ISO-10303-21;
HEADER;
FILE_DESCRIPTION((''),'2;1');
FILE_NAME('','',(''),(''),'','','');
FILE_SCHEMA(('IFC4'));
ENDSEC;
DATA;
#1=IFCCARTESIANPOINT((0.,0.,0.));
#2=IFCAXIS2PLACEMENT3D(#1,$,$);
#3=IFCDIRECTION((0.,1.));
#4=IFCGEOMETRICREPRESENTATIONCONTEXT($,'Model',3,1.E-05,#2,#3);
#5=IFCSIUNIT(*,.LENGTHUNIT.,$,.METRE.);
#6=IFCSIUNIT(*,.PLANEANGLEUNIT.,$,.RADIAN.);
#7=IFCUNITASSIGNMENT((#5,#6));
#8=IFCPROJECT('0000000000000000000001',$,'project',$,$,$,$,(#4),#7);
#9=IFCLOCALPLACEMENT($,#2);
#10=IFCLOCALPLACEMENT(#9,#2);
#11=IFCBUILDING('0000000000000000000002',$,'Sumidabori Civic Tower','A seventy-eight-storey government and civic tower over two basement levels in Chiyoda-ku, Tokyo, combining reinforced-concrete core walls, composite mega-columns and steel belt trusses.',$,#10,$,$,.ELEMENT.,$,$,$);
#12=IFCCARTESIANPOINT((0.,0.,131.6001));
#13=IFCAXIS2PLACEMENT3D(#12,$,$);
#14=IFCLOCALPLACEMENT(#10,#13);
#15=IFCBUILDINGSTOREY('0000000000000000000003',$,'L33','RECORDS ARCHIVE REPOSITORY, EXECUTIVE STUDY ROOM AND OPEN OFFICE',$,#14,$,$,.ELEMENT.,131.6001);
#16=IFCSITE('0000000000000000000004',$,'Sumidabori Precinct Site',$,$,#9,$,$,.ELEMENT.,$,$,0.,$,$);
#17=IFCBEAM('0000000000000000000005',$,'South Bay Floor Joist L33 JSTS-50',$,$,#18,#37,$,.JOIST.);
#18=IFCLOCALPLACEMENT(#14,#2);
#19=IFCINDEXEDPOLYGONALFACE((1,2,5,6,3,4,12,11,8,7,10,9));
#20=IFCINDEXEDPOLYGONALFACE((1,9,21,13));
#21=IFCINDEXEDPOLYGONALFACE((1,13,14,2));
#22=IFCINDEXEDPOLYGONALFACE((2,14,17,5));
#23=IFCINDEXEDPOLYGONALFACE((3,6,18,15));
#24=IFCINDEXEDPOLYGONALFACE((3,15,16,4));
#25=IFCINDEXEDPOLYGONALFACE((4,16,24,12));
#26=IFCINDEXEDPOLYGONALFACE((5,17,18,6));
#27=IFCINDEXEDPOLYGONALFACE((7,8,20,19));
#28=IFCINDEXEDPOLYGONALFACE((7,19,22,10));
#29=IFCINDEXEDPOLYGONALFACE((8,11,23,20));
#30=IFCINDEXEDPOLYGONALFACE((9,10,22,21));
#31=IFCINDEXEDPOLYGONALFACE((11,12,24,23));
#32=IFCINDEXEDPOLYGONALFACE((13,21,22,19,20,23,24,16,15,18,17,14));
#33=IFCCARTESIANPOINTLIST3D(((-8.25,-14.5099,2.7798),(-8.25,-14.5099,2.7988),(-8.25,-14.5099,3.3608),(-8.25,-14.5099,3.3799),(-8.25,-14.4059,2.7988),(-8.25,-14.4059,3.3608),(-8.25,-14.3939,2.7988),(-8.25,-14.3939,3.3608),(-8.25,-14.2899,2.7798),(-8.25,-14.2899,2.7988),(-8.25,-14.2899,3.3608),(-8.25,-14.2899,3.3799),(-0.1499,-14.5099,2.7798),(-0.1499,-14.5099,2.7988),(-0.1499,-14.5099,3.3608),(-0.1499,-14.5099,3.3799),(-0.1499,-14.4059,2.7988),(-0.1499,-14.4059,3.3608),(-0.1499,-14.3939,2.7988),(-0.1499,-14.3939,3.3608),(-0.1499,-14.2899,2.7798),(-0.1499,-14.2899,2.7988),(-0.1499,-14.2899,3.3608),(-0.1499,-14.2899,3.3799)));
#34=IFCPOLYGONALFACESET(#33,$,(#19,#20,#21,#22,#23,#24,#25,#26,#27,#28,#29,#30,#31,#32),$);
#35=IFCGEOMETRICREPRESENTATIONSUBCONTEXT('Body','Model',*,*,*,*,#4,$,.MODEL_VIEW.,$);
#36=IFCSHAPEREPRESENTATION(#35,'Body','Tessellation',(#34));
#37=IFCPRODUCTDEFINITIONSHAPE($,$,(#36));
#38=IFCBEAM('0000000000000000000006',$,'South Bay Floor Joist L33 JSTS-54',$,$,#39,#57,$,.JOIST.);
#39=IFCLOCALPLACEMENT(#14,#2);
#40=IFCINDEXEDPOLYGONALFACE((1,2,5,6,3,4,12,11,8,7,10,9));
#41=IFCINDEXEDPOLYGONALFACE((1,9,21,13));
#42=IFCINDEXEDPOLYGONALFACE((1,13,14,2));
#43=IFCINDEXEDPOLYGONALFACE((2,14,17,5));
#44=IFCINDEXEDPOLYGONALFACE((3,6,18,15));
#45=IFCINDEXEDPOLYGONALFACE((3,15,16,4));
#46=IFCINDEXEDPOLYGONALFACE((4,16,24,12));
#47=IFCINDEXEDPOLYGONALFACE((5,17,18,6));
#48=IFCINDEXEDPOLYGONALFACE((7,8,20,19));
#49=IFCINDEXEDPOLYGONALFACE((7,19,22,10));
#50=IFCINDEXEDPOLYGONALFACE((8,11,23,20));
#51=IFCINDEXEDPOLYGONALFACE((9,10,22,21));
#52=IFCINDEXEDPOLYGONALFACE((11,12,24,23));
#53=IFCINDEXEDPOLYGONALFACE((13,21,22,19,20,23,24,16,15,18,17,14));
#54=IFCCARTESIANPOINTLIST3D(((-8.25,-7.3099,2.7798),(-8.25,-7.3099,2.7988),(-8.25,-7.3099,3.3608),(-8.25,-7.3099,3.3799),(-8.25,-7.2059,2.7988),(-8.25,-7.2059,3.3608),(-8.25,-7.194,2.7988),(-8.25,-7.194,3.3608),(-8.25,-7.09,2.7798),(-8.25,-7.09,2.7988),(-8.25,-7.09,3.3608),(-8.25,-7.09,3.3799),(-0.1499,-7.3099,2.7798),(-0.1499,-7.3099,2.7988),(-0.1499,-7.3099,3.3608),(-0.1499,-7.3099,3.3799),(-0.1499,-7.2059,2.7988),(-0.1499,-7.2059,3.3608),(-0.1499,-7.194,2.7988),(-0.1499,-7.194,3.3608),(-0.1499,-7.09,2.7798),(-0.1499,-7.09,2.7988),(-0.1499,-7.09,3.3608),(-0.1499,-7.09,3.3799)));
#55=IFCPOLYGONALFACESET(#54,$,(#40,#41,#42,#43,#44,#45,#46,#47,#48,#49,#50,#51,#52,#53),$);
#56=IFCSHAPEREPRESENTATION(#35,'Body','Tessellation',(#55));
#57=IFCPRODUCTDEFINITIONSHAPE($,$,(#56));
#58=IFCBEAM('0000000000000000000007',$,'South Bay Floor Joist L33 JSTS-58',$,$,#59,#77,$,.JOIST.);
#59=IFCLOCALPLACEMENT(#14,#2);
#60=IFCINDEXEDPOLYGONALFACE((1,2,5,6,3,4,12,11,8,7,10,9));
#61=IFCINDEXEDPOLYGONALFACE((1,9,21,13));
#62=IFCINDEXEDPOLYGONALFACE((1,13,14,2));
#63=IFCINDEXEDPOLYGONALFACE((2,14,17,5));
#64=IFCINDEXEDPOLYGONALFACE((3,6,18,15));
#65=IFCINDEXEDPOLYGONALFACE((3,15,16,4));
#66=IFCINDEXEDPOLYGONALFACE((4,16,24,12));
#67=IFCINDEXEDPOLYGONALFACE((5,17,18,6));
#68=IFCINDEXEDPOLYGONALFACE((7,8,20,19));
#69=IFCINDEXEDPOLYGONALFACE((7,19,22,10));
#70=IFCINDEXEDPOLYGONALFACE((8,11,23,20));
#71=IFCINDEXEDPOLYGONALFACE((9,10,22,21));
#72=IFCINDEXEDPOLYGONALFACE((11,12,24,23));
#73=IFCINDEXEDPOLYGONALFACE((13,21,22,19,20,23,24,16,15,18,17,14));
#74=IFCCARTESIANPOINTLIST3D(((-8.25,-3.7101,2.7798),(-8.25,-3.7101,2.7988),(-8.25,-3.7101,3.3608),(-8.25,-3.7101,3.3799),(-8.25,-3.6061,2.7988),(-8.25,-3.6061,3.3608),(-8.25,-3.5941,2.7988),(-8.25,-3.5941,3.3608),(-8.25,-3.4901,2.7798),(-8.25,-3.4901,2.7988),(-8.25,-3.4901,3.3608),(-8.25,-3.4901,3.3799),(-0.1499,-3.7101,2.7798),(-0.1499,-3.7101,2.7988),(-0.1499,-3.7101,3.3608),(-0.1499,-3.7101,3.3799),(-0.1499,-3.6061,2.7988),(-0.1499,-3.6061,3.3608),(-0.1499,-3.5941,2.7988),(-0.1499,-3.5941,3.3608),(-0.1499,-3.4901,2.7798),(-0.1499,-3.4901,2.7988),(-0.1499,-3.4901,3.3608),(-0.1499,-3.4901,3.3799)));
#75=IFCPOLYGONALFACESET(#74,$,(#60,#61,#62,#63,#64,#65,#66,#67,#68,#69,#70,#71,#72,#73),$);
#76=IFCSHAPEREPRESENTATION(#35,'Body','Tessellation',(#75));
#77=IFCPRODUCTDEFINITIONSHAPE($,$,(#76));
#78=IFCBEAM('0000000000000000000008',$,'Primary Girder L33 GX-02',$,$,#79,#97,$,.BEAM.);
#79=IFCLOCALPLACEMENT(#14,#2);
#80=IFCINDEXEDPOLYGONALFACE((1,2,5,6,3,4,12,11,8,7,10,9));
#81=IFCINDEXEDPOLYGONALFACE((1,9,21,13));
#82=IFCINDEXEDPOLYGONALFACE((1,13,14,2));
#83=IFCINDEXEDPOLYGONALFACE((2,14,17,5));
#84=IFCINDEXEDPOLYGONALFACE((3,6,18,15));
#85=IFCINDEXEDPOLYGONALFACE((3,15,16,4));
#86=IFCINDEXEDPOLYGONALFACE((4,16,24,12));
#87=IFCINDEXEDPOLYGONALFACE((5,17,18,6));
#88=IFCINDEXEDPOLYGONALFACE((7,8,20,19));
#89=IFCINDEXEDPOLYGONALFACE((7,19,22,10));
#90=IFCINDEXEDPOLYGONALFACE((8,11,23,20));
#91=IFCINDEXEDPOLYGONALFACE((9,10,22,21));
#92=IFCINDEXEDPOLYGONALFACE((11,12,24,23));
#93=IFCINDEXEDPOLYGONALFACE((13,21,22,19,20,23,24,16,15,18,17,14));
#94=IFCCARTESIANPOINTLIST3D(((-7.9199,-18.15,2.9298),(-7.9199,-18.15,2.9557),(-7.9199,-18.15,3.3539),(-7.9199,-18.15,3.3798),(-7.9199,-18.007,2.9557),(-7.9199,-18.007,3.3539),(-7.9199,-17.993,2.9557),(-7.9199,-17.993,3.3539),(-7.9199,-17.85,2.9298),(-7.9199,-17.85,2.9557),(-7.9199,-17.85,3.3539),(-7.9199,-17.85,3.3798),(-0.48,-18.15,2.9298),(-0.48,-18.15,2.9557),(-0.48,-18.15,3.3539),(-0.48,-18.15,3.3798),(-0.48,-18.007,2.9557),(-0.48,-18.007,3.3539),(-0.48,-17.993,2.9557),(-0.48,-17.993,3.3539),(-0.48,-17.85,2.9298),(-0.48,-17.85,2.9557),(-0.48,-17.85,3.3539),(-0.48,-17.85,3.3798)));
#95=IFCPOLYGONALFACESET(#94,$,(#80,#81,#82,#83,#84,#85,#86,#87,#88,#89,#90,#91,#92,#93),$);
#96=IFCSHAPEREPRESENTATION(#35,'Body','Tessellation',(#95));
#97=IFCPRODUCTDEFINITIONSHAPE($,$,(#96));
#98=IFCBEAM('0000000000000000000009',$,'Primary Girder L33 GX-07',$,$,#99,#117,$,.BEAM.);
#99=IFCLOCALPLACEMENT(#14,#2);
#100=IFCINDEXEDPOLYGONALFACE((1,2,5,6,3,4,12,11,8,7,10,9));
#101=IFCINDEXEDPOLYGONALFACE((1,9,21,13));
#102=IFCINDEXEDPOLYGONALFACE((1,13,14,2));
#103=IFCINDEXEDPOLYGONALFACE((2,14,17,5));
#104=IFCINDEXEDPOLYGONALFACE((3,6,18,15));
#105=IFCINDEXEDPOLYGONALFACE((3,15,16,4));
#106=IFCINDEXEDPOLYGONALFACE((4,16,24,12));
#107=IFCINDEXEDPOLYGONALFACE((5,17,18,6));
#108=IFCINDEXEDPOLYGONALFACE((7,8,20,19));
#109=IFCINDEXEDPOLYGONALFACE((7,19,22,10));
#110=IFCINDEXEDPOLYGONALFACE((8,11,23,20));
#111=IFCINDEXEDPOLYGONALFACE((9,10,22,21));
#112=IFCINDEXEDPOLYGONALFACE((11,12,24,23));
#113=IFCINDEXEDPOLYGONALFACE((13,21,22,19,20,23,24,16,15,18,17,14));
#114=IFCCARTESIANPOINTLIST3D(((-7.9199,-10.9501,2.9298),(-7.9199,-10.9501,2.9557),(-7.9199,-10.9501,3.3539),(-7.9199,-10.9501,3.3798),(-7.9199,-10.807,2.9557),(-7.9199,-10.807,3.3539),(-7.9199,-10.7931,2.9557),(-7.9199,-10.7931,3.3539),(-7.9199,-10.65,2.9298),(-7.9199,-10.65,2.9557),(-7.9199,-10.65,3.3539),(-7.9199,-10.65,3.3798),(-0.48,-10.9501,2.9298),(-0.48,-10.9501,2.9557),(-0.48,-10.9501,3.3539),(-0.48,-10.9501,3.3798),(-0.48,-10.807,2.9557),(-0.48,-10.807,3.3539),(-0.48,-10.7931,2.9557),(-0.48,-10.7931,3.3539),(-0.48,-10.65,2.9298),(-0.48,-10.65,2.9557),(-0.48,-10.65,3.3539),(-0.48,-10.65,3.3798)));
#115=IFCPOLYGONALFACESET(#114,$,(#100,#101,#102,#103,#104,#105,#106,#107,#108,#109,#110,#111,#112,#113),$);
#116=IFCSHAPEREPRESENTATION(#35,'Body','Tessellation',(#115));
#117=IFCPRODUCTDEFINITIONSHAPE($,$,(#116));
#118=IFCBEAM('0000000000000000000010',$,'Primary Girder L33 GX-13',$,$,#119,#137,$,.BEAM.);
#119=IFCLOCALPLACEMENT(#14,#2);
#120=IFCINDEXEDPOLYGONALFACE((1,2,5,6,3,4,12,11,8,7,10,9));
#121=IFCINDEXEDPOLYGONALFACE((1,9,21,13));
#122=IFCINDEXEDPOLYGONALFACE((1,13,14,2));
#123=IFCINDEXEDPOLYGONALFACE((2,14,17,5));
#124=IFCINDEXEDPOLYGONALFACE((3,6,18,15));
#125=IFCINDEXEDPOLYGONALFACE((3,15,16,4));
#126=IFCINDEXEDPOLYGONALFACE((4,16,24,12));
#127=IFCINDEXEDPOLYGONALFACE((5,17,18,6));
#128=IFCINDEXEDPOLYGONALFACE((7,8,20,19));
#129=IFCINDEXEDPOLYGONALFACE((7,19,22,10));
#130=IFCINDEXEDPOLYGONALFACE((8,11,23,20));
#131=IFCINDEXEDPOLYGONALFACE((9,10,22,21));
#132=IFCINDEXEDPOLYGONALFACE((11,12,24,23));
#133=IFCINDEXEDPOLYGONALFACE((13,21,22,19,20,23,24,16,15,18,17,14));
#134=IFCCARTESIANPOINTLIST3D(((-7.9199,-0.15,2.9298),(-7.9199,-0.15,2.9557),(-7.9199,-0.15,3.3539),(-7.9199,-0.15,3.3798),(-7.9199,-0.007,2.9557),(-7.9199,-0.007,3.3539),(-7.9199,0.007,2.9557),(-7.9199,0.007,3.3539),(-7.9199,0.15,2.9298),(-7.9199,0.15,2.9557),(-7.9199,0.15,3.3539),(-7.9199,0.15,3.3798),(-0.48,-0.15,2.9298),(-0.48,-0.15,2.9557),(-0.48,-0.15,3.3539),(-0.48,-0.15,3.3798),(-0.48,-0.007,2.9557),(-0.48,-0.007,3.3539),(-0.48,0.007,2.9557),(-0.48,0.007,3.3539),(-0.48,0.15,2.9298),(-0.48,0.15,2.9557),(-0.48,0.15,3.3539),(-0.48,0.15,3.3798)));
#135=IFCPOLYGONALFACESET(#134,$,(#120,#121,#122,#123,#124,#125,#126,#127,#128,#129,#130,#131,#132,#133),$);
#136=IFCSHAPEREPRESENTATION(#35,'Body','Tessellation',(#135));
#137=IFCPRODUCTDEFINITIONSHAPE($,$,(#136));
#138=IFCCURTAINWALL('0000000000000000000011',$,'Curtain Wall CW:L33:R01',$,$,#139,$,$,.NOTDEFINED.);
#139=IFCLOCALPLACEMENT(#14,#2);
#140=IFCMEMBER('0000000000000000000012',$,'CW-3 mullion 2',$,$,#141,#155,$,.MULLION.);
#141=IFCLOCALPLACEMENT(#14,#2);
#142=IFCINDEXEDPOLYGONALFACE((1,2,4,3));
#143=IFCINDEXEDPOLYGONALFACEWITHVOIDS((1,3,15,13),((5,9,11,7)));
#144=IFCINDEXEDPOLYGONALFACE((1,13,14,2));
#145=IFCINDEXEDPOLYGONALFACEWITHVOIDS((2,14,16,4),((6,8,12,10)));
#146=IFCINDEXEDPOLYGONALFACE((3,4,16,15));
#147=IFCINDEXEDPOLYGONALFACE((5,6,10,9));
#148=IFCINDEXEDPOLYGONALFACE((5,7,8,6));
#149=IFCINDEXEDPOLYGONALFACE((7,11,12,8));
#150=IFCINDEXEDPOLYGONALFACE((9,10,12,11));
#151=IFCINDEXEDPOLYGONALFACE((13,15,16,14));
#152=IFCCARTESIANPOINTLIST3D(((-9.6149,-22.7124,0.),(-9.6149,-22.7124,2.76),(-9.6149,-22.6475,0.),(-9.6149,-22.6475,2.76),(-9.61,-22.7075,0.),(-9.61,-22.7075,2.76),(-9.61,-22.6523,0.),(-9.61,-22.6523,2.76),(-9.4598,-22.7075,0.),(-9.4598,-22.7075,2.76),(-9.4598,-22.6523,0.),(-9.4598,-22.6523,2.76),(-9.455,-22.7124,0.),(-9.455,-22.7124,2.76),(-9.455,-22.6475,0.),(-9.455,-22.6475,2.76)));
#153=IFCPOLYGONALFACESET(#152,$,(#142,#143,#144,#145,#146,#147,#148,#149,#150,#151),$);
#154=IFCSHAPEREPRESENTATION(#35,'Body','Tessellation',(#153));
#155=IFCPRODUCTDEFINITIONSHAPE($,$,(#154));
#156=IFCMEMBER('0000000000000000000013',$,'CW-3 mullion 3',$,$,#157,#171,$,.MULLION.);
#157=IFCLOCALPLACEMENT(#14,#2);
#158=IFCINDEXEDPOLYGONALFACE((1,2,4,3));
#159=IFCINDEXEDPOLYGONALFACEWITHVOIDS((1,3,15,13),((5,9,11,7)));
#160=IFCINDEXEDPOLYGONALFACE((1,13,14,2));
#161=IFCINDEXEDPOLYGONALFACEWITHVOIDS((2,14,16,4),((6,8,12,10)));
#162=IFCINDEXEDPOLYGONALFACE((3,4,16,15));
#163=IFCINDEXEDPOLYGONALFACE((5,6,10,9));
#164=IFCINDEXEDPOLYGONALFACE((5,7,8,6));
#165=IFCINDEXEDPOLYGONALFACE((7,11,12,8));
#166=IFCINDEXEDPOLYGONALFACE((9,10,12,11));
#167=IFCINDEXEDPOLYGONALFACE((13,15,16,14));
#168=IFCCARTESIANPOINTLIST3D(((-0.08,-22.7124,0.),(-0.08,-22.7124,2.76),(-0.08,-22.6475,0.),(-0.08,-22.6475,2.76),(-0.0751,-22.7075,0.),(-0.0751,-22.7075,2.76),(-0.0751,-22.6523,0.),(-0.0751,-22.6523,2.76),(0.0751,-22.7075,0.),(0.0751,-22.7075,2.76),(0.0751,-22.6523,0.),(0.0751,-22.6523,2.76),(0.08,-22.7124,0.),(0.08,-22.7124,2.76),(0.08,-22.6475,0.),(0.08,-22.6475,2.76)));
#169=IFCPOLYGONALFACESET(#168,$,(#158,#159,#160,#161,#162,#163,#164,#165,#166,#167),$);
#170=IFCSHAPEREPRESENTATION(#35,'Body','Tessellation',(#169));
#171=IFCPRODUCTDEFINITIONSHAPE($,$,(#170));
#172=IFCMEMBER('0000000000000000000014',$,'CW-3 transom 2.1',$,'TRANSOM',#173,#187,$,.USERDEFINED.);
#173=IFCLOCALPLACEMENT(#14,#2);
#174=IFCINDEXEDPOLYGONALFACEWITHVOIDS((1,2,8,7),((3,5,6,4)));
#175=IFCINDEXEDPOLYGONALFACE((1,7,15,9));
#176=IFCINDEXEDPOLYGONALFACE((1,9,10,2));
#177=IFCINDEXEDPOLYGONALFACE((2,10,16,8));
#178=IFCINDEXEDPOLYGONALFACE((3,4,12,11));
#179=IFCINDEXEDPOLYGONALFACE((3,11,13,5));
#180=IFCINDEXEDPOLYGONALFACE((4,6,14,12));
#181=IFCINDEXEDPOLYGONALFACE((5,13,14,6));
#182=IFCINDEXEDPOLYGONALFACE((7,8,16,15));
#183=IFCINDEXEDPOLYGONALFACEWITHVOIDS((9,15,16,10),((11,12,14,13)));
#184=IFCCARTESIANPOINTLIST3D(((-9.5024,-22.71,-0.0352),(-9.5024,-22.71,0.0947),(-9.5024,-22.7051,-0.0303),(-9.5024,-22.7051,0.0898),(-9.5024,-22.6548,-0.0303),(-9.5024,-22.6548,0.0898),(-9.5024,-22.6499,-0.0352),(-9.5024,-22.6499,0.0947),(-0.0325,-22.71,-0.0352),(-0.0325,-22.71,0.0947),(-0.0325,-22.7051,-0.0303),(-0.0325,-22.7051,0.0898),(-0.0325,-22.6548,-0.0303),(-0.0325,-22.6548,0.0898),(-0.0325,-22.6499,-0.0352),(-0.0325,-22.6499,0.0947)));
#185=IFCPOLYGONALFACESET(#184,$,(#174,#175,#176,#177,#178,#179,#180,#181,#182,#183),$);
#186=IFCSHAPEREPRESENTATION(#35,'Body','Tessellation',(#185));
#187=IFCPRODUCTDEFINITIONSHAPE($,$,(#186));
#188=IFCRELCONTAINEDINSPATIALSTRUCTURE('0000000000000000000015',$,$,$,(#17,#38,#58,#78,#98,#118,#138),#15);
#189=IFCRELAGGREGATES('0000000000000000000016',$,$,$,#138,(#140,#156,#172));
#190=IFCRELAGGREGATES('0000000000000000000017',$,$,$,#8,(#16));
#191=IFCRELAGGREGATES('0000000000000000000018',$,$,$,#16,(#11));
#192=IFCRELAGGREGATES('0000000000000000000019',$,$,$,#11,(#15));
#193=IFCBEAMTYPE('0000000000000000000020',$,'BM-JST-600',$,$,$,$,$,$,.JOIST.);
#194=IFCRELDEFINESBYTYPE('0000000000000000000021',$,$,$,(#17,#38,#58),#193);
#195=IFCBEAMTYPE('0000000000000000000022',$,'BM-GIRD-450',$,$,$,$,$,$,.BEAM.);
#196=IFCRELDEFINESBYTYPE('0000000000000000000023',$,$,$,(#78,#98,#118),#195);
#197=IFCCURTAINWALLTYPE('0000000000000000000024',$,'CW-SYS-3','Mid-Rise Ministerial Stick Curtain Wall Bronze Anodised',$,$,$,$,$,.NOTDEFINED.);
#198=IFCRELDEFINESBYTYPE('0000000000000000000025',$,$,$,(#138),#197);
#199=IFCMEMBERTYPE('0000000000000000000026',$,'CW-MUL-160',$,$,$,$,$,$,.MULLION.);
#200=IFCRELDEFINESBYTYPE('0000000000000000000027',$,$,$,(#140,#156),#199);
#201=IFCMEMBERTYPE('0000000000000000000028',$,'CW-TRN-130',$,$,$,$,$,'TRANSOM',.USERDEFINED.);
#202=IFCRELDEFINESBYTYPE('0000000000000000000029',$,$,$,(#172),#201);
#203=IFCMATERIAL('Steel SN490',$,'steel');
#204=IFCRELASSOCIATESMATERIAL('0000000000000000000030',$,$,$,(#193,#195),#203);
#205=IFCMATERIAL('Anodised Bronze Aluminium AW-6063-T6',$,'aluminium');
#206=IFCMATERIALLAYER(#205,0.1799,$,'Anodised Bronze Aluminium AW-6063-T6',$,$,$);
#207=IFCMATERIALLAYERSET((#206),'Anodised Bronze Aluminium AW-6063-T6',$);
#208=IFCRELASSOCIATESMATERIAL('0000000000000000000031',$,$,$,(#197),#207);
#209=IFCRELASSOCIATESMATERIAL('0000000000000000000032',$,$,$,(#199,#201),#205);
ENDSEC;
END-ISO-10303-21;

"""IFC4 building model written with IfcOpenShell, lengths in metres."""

from ifc_helpers import new_model, si_unit, direction, frame, origin, origin_2d, place, context, subcontext, project, spatial, hollow_rectangle, i_section, extrude, source, transform, mapped, material, layer, layer_set, material_profile, profile_set, type_object, element, aggregate, save


model = new_model("IFC4")

# Units and contexts
model_context = context("Model", 3, precision=1e-05, world=origin(), true_north=direction((0.0, 1.0)))
body_context = subcontext(model_context, "Body", "Model", "MODEL_VIEW")
ifc_project = project(units=[si_unit("LENGTHUNIT", "METRE"), si_unit("PLANEANGLEUNIT", "RADIAN")], contexts=[model_context])

# Site, building, storey
site_placement = place(None, origin())
site = spatial("IfcSite", under=ifc_project, at=site_placement, Name="Sumidabori Precinct Site", CompositionType="ELEMENT", RefElevation=0.0)
building_placement = place(site_placement, origin())
building = spatial("IfcBuilding", under=site, at=building_placement, Name="Sumidabori Civic Tower", Description="A seventy-eight-storey government and civic tower over two basement levels in Chiyoda-ku, Tokyo, combining reinforced-concrete core walls, composite mega-columns and steel belt trusses.", CompositionType="ELEMENT")
storey_placement = place(building_placement, frame((0.0, 0.0, 131.6001)))
storey = spatial("IfcBuildingStorey", under=building, at=storey_placement, Name="L33", Description="RECORDS ARCHIVE REPOSITORY, EXECUTIVE STUDY ROOM AND OPEN OFFICE", CompositionType="ELEMENT", Elevation=131.6001)

# Beams
ifc_material_1 = material(Name="Steel SN490", Category="steel")
ifc_material_profile_1 = material_profile(ifc_material_1, i_section(OverallWidth=0.22, OverallDepth=0.6001, WebThickness=0.012, FlangeThickness=0.019, at=origin_2d()), Name="IPE 600")
ifc_profile_set_1 = profile_set([ifc_material_profile_1], Name="Steel SN490")
beam_type_1 = type_object("IfcBeamType", Name="BM-JST-600", PredefinedType="JOIST", material=ifc_profile_set_1)
shared_shape_1 = source(origin(), body_context, "Body", "SweptSolid", [
    extrude(i_section(OverallWidth=0.22, OverallDepth=0.6001, WebThickness=0.012, FlangeThickness=0.019, at=origin_2d()), origin(), (0.0, 0.0, 1.0), 8.1001),
])
for number, where, z_axis, x_axis, name in (
    (1, (-8.25, -14.3999, 3.0798), (1.0, 0.0, 0.0), (0.0, 1.0, 0.0), "South Bay Floor Joist L33 JSTS-50"),
    (2, (-8.25, -7.2, 3.0798), (1.0, 0.0, 0.0), (0.0, 1.0, 0.0), "South Bay Floor Joist L33 JSTS-54"),
    (3, (-8.25, -3.6001, 3.0798), (1.0, 0.0, 0.0), (0.0, 1.0, 0.0), "South Bay Floor Joist L33 JSTS-58"),
):
    element("IfcBeam", number, at=place(storey_placement, frame(where, z_axis=z_axis, x_axis=x_axis)), inside=storey, type_object=beam_type_1, Name=name, PredefinedType="JOIST", context=body_context, shape_type="MappedRepresentation", body=[
        mapped(shared_shape_1, transform((0.0, 0.0, 0.0), x_axis=(1.0, 0.0, 0.0), y_axis=(0.0, 1.0, 0.0), z_axis=(0.0, 0.0, 1.0), scale=1.0)),
    ])
ifc_material_profile_2 = material_profile(ifc_material_1, i_section(OverallWidth=0.3, OverallDepth=0.45, WebThickness=0.0139, FlangeThickness=0.0259, at=origin_2d()), Name="HE 450 B")
ifc_profile_set_2 = profile_set([ifc_material_profile_2], Name="Steel SN490")
beam_type_2 = type_object("IfcBeamType", Name="BM-GIRD-450", PredefinedType="BEAM", material=ifc_profile_set_2)
shared_shape_2 = source(origin(), body_context, "Body", "SweptSolid", [
    extrude(i_section(OverallWidth=0.3, OverallDepth=0.45, WebThickness=0.0139, FlangeThickness=0.0259, at=origin_2d()), origin(), (0.0, 0.0, 1.0), 7.4399),
])
for number, where, z_axis, x_axis, name in (
    (4, (-7.9199, -18.0, 3.1548), (1.0, 0.0, 0.0), (0.0, 1.0, 0.0), "Primary Girder L33 GX-02"),
    (5, (-7.9199, -10.8, 3.1548), (1.0, 0.0, 0.0), (0.0, 1.0, 0.0), "Primary Girder L33 GX-07"),
    (6, (-7.9199, 0.0, 3.1548), (1.0, 0.0, 0.0), (0.0, 1.0, 0.0), "Primary Girder L33 GX-13"),
):
    element("IfcBeam", number, at=place(storey_placement, frame(where, z_axis=z_axis, x_axis=x_axis)), inside=storey, type_object=beam_type_2, Name=name, PredefinedType="BEAM", context=body_context, shape_type="MappedRepresentation", body=[
        mapped(shared_shape_2, transform((0.0, 0.0, 0.0), x_axis=(1.0, 0.0, 0.0), y_axis=(0.0, 1.0, 0.0), z_axis=(0.0, 0.0, 1.0), scale=1.0)),
    ])

# Curtain wall, members
ifc_material_2 = material(Name="Anodised Bronze Aluminium AW-6063-T6", Category="aluminium")
ifc_layer_1 = layer(ifc_material_2, 0.1799, Name="Anodised Bronze Aluminium AW-6063-T6")
ifc_layer_set_1 = layer_set([ifc_layer_1], Name="Anodised Bronze Aluminium AW-6063-T6")
curtain_wall_type = type_object("IfcCurtainWallType", Name="CW-SYS-3", Description="Mid-Rise Ministerial Stick Curtain Wall Bronze Anodised", PredefinedType="NOTDEFINED", material=ifc_layer_set_1)
curtain_wall_placement = place(storey_placement, origin())
curtain_wall = element("IfcCurtainWall", 7, at=curtain_wall_placement, inside=storey, type_object=curtain_wall_type, Name="Curtain Wall CW:L33:R01", PredefinedType="NOTDEFINED")
ifc_material_profile_3 = material_profile(ifc_material_2, hollow_rectangle(XDim=0.0649, YDim=0.1599, WallThickness=0.0049, at=origin_2d()), Name="ALU MULLION 160x65")
ifc_profile_set_3 = profile_set([ifc_material_profile_3], Name="Anodised Bronze Aluminium AW-6063-T6")
member_type_1 = type_object("IfcMemberType", Name="CW-MUL-160", PredefinedType="MULLION", material=ifc_profile_set_3)
shared_shape_3 = source(origin(), body_context, "Body", "SweptSolid", [
    extrude(hollow_rectangle(XDim=0.0649, YDim=0.1599, WallThickness=0.0049, at=origin_2d()), origin(), (0.0, 0.0, 1.0), 2.76),
])
member_1_placement = place(storey_placement, frame((-9.5349, -22.6799, 0.0), z_axis=(0.0, 0.0, 1.0), x_axis=(0.0, 1.0, 0.0)))
member_1 = element("IfcMember", 8, at=member_1_placement, type_object=member_type_1, Name="CW-3 mullion 2", PredefinedType="MULLION", context=body_context, shape_type="MappedRepresentation", body=[
    mapped(shared_shape_3, transform((0.0, 0.0, 0.0), x_axis=(1.0, 0.0, 0.0), y_axis=(0.0, 1.0, 0.0), z_axis=(0.0, 0.0, 1.0), scale=1.0)),
])
member_2_placement = place(storey_placement, frame((0.0, -22.6799, 0.0), z_axis=(0.0, 0.0, 1.0), x_axis=(0.0, 1.0, 0.0)))
member_2 = element("IfcMember", 9, at=member_2_placement, type_object=member_type_1, Name="CW-3 mullion 3", PredefinedType="MULLION", context=body_context, shape_type="MappedRepresentation", body=[
    mapped(shared_shape_3, transform((0.0, 0.0, 0.0), x_axis=(1.0, 0.0, 0.0), y_axis=(0.0, 1.0, 0.0), z_axis=(0.0, 0.0, 1.0), scale=1.0)),
])
ifc_material_profile_4 = material_profile(ifc_material_2, hollow_rectangle(XDim=0.0601, YDim=0.1299, WallThickness=0.0049, at=origin_2d()), Name="ALU TRANSOM 130x60")
ifc_profile_set_4 = profile_set([ifc_material_profile_4], Name="Anodised Bronze Aluminium AW-6063-T6")
member_type_2 = type_object("IfcMemberType", Name="CW-TRN-130", ElementType="TRANSOM", PredefinedType="USERDEFINED", material=ifc_profile_set_4)
shared_shape_4 = source(origin(), body_context, "Body", "SweptSolid", [
    extrude(hollow_rectangle(XDim=0.0601, YDim=0.1299, WallThickness=0.0049, at=origin_2d()), origin(), (0.0, 0.0, 1.0), 9.47),
])
member_3_placement = place(storey_placement, frame((-9.5024, -22.6799, 0.0298), z_axis=(1.0, 0.0, 0.0), x_axis=(0.0, 1.0, 0.0)))
member_3 = element("IfcMember", 10, at=member_3_placement, type_object=member_type_2, Name="CW-3 transom 2.1", ObjectType="TRANSOM", PredefinedType="USERDEFINED", context=body_context, shape_type="MappedRepresentation", body=[
    mapped(shared_shape_4, transform((0.0, 0.0, 0.0), x_axis=(1.0, 0.0, 0.0), y_axis=(0.0, 1.0, 0.0), z_axis=(0.0, 0.0, 1.0), scale=1.0)),
])

aggregate(curtain_wall, [member_1, member_2, member_3])

save(model, "model.ifc")
